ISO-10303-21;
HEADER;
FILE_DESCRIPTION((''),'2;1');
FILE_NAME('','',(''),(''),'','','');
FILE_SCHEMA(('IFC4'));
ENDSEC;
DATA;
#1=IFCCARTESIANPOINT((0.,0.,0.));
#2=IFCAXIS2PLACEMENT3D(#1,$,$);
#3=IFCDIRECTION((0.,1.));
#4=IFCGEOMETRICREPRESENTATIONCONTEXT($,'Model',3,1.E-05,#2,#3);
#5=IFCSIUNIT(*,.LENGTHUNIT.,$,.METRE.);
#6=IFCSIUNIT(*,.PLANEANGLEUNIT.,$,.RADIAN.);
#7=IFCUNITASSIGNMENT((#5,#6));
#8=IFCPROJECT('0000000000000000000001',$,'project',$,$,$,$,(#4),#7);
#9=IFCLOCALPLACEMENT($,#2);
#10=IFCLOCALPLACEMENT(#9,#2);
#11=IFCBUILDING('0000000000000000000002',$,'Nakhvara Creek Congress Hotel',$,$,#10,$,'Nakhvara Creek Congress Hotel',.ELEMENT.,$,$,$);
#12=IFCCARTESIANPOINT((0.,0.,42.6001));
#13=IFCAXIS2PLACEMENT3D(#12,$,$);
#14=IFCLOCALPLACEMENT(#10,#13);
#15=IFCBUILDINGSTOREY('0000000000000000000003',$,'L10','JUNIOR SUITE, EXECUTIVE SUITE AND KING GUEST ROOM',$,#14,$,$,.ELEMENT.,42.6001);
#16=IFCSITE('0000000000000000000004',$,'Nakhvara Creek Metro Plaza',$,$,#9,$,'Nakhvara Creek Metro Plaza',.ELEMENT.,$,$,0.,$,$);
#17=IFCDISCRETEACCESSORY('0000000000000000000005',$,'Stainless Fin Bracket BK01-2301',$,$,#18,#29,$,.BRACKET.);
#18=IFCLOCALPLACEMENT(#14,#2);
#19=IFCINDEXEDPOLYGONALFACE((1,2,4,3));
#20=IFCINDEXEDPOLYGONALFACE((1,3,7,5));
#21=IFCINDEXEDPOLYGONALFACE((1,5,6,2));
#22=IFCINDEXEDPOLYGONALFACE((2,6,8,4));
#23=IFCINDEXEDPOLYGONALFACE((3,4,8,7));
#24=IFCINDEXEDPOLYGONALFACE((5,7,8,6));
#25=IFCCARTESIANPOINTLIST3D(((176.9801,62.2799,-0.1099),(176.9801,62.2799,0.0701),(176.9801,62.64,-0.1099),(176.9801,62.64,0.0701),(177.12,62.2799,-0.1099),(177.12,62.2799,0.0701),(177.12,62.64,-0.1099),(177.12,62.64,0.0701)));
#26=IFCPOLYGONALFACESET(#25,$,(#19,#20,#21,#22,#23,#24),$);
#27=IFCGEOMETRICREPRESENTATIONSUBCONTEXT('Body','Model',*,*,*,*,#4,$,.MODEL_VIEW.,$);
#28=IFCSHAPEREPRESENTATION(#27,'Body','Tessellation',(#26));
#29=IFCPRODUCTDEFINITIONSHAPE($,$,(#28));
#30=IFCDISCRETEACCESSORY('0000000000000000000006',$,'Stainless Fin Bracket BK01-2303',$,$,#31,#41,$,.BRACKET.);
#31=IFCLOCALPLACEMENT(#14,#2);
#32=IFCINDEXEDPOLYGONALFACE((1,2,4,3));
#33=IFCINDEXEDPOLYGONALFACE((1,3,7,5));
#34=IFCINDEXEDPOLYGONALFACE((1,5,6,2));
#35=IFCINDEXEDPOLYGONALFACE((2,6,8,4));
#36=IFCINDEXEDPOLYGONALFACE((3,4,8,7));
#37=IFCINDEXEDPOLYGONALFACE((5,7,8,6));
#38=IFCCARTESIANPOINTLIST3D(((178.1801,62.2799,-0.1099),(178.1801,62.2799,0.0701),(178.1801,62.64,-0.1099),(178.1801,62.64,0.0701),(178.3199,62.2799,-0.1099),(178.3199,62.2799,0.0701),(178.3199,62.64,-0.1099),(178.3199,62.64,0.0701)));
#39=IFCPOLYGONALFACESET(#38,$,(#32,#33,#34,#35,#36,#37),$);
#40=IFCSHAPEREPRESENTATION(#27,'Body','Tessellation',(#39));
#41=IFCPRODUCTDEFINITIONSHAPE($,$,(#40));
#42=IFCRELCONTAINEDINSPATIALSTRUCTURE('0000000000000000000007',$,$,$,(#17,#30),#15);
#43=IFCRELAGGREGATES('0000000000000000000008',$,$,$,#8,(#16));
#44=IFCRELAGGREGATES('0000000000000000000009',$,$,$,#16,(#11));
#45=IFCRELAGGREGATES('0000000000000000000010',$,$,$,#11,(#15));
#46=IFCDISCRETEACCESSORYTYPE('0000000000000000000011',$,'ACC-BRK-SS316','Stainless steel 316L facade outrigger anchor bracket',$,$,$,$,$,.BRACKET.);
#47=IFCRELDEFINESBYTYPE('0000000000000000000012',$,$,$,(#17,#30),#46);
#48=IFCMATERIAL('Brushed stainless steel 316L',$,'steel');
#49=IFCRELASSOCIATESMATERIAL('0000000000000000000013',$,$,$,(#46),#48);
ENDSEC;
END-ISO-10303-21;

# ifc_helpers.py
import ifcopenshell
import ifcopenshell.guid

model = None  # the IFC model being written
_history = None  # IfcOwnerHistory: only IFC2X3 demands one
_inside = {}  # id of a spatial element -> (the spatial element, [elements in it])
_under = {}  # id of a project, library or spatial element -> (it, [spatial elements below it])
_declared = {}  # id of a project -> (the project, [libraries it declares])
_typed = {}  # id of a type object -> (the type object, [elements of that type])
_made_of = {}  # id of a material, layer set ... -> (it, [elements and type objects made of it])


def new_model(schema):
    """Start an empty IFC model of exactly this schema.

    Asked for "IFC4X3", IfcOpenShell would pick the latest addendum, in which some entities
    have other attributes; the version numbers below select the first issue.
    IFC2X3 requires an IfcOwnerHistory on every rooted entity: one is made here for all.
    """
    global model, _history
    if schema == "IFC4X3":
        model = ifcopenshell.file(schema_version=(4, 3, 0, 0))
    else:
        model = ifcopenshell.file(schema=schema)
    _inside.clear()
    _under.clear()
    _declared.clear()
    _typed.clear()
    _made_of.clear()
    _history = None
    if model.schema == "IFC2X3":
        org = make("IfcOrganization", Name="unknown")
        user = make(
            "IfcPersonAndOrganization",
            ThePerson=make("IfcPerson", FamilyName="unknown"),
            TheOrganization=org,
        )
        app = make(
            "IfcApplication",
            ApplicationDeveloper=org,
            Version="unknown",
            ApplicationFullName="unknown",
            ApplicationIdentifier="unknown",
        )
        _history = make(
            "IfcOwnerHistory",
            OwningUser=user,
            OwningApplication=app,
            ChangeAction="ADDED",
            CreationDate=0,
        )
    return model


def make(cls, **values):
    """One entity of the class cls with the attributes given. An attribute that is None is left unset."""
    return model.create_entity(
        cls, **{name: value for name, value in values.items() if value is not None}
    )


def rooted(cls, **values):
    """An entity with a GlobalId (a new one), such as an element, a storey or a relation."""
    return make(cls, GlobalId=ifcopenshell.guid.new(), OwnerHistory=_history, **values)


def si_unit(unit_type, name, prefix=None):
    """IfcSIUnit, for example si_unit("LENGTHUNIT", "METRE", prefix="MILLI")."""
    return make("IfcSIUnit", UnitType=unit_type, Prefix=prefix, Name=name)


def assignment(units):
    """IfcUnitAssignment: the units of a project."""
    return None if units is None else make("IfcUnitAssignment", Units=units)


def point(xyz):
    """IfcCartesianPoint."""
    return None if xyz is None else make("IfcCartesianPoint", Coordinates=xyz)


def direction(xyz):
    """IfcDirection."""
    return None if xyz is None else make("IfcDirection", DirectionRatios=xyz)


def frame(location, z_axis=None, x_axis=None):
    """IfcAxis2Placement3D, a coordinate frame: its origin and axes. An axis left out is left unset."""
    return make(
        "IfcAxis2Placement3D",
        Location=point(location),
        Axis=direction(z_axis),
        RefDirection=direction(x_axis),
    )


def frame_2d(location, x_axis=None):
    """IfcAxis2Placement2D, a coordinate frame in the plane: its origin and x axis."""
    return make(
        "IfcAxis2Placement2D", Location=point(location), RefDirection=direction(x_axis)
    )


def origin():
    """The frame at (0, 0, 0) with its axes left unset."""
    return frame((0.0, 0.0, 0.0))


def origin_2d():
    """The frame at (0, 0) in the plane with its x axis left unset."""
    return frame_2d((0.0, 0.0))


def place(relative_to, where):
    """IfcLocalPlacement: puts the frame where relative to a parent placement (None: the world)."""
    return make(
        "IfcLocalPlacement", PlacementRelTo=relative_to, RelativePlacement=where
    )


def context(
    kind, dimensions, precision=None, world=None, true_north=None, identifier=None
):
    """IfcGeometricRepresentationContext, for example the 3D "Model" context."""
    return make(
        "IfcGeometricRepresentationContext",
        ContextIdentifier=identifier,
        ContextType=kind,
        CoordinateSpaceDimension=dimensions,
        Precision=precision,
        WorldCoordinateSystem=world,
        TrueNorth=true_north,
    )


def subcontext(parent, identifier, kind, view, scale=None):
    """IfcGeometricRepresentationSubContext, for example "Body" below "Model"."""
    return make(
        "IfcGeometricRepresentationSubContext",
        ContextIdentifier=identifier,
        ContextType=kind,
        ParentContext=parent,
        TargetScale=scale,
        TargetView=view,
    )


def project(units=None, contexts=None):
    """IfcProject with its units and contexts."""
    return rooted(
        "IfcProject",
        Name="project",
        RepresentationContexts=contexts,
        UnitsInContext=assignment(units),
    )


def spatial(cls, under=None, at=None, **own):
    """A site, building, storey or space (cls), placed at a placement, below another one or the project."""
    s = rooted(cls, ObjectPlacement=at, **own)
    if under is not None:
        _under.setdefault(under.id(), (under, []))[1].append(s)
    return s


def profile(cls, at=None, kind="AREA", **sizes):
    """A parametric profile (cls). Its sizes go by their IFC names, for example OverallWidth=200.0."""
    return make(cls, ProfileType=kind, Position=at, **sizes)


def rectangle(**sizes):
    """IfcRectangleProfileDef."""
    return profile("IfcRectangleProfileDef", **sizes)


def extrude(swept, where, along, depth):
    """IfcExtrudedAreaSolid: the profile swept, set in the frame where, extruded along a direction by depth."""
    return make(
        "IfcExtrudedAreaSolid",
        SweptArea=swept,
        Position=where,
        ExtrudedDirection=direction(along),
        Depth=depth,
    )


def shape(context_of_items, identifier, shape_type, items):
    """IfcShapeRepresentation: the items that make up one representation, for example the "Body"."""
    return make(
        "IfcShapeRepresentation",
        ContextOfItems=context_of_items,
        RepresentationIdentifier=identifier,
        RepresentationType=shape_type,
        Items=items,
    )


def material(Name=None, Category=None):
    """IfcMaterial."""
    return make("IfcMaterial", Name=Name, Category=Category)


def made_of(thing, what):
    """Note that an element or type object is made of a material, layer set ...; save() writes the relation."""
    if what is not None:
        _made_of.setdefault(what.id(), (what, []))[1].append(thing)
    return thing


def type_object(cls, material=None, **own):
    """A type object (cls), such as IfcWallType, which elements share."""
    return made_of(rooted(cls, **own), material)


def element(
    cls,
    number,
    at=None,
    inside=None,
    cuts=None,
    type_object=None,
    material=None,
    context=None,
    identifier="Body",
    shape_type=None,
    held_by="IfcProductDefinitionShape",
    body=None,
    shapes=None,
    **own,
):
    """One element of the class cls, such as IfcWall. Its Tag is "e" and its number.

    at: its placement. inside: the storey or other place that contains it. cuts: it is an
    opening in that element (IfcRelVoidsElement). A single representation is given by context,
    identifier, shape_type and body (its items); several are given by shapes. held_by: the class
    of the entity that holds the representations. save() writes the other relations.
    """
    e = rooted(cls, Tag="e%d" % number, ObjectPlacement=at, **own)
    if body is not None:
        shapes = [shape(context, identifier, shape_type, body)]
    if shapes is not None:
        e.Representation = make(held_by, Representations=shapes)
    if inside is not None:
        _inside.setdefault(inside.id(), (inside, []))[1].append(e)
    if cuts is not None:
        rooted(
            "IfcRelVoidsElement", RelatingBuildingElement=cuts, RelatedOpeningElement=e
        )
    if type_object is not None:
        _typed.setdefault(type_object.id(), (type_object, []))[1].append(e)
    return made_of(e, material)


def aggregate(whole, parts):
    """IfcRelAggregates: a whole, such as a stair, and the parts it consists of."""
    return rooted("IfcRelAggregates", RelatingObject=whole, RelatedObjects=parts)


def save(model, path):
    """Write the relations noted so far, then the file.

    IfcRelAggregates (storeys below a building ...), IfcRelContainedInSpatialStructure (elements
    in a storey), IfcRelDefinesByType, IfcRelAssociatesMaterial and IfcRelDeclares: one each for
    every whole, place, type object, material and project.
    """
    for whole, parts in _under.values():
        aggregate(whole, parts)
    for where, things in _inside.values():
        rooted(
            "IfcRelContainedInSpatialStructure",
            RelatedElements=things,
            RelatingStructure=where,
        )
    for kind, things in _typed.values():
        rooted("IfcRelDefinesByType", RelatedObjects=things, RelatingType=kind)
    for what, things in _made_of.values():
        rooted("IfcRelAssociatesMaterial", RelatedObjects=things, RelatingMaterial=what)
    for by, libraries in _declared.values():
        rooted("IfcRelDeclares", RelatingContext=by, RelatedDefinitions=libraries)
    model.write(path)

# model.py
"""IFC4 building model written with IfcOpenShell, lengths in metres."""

from ifc_helpers import new_model, si_unit, direction, frame, origin, origin_2d, place, context, subcontext, project, spatial, rectangle, extrude, material, type_object, element, save


model = new_model("IFC4")

# Units and contexts
model_context = context("Model", 3, precision=1e-05, world=origin(), true_north=direction((0.0, 1.0)))
body_context = subcontext(model_context, "Body", "Model", "MODEL_VIEW")
ifc_project = project(units=[si_unit("LENGTHUNIT", "METRE"), si_unit("PLANEANGLEUNIT", "RADIAN")], contexts=[model_context])

# Site, building, storey
site_placement = place(None, origin())
site = spatial("IfcSite", under=ifc_project, at=site_placement, Name="Nakhvara Creek Metro Plaza", LongName="Nakhvara Creek Metro Plaza", CompositionType="ELEMENT", RefElevation=0.0)
building_placement = place(site_placement, origin())
building = spatial("IfcBuilding", under=site, at=building_placement, Name="Nakhvara Creek Congress Hotel", LongName="Nakhvara Creek Congress Hotel", CompositionType="ELEMENT")
storey_placement = place(building_placement, frame((0.0, 0.0, 42.6001)))
storey = spatial("IfcBuildingStorey", under=building, at=storey_placement, Name="L10", Description="JUNIOR SUITE, EXECUTIVE SUITE AND KING GUEST ROOM", CompositionType="ELEMENT", Elevation=42.6001)

# Discrete accessories
ifc_material_1 = material(Name="Brushed stainless steel 316L", Category="steel")
discrete_accessory_type = type_object("IfcDiscreteAccessoryType", Name="ACC-BRK-SS316", Description="Stainless steel 316L facade outrigger anchor bracket", PredefinedType="BRACKET", material=ifc_material_1)
for number, where, z_axis, x_axis, name in (
    (1, (177.05, 62.46, -0.1099), (0.0, 0.0, 1.0), (1.0, 0.0, 0.0), "Stainless Fin Bracket BK01-2301"),
    (2, (178.25, 62.46, -0.1099), (0.0, 0.0, 1.0), (1.0, 0.0, 0.0), "Stainless Fin Bracket BK01-2303"),
):
    element("IfcDiscreteAccessory", number, at=place(storey_placement, frame(where, z_axis=z_axis, x_axis=x_axis)), inside=storey, type_object=discrete_accessory_type, Name=name, PredefinedType="BRACKET", context=body_context, shape_type="SweptSolid", body=[
        extrude(rectangle(XDim=0.1399, YDim=0.3601, at=origin_2d()), origin(), (0.0, 0.0, 1.0), 0.1799),
    ])

save(model, "model.ifc")
